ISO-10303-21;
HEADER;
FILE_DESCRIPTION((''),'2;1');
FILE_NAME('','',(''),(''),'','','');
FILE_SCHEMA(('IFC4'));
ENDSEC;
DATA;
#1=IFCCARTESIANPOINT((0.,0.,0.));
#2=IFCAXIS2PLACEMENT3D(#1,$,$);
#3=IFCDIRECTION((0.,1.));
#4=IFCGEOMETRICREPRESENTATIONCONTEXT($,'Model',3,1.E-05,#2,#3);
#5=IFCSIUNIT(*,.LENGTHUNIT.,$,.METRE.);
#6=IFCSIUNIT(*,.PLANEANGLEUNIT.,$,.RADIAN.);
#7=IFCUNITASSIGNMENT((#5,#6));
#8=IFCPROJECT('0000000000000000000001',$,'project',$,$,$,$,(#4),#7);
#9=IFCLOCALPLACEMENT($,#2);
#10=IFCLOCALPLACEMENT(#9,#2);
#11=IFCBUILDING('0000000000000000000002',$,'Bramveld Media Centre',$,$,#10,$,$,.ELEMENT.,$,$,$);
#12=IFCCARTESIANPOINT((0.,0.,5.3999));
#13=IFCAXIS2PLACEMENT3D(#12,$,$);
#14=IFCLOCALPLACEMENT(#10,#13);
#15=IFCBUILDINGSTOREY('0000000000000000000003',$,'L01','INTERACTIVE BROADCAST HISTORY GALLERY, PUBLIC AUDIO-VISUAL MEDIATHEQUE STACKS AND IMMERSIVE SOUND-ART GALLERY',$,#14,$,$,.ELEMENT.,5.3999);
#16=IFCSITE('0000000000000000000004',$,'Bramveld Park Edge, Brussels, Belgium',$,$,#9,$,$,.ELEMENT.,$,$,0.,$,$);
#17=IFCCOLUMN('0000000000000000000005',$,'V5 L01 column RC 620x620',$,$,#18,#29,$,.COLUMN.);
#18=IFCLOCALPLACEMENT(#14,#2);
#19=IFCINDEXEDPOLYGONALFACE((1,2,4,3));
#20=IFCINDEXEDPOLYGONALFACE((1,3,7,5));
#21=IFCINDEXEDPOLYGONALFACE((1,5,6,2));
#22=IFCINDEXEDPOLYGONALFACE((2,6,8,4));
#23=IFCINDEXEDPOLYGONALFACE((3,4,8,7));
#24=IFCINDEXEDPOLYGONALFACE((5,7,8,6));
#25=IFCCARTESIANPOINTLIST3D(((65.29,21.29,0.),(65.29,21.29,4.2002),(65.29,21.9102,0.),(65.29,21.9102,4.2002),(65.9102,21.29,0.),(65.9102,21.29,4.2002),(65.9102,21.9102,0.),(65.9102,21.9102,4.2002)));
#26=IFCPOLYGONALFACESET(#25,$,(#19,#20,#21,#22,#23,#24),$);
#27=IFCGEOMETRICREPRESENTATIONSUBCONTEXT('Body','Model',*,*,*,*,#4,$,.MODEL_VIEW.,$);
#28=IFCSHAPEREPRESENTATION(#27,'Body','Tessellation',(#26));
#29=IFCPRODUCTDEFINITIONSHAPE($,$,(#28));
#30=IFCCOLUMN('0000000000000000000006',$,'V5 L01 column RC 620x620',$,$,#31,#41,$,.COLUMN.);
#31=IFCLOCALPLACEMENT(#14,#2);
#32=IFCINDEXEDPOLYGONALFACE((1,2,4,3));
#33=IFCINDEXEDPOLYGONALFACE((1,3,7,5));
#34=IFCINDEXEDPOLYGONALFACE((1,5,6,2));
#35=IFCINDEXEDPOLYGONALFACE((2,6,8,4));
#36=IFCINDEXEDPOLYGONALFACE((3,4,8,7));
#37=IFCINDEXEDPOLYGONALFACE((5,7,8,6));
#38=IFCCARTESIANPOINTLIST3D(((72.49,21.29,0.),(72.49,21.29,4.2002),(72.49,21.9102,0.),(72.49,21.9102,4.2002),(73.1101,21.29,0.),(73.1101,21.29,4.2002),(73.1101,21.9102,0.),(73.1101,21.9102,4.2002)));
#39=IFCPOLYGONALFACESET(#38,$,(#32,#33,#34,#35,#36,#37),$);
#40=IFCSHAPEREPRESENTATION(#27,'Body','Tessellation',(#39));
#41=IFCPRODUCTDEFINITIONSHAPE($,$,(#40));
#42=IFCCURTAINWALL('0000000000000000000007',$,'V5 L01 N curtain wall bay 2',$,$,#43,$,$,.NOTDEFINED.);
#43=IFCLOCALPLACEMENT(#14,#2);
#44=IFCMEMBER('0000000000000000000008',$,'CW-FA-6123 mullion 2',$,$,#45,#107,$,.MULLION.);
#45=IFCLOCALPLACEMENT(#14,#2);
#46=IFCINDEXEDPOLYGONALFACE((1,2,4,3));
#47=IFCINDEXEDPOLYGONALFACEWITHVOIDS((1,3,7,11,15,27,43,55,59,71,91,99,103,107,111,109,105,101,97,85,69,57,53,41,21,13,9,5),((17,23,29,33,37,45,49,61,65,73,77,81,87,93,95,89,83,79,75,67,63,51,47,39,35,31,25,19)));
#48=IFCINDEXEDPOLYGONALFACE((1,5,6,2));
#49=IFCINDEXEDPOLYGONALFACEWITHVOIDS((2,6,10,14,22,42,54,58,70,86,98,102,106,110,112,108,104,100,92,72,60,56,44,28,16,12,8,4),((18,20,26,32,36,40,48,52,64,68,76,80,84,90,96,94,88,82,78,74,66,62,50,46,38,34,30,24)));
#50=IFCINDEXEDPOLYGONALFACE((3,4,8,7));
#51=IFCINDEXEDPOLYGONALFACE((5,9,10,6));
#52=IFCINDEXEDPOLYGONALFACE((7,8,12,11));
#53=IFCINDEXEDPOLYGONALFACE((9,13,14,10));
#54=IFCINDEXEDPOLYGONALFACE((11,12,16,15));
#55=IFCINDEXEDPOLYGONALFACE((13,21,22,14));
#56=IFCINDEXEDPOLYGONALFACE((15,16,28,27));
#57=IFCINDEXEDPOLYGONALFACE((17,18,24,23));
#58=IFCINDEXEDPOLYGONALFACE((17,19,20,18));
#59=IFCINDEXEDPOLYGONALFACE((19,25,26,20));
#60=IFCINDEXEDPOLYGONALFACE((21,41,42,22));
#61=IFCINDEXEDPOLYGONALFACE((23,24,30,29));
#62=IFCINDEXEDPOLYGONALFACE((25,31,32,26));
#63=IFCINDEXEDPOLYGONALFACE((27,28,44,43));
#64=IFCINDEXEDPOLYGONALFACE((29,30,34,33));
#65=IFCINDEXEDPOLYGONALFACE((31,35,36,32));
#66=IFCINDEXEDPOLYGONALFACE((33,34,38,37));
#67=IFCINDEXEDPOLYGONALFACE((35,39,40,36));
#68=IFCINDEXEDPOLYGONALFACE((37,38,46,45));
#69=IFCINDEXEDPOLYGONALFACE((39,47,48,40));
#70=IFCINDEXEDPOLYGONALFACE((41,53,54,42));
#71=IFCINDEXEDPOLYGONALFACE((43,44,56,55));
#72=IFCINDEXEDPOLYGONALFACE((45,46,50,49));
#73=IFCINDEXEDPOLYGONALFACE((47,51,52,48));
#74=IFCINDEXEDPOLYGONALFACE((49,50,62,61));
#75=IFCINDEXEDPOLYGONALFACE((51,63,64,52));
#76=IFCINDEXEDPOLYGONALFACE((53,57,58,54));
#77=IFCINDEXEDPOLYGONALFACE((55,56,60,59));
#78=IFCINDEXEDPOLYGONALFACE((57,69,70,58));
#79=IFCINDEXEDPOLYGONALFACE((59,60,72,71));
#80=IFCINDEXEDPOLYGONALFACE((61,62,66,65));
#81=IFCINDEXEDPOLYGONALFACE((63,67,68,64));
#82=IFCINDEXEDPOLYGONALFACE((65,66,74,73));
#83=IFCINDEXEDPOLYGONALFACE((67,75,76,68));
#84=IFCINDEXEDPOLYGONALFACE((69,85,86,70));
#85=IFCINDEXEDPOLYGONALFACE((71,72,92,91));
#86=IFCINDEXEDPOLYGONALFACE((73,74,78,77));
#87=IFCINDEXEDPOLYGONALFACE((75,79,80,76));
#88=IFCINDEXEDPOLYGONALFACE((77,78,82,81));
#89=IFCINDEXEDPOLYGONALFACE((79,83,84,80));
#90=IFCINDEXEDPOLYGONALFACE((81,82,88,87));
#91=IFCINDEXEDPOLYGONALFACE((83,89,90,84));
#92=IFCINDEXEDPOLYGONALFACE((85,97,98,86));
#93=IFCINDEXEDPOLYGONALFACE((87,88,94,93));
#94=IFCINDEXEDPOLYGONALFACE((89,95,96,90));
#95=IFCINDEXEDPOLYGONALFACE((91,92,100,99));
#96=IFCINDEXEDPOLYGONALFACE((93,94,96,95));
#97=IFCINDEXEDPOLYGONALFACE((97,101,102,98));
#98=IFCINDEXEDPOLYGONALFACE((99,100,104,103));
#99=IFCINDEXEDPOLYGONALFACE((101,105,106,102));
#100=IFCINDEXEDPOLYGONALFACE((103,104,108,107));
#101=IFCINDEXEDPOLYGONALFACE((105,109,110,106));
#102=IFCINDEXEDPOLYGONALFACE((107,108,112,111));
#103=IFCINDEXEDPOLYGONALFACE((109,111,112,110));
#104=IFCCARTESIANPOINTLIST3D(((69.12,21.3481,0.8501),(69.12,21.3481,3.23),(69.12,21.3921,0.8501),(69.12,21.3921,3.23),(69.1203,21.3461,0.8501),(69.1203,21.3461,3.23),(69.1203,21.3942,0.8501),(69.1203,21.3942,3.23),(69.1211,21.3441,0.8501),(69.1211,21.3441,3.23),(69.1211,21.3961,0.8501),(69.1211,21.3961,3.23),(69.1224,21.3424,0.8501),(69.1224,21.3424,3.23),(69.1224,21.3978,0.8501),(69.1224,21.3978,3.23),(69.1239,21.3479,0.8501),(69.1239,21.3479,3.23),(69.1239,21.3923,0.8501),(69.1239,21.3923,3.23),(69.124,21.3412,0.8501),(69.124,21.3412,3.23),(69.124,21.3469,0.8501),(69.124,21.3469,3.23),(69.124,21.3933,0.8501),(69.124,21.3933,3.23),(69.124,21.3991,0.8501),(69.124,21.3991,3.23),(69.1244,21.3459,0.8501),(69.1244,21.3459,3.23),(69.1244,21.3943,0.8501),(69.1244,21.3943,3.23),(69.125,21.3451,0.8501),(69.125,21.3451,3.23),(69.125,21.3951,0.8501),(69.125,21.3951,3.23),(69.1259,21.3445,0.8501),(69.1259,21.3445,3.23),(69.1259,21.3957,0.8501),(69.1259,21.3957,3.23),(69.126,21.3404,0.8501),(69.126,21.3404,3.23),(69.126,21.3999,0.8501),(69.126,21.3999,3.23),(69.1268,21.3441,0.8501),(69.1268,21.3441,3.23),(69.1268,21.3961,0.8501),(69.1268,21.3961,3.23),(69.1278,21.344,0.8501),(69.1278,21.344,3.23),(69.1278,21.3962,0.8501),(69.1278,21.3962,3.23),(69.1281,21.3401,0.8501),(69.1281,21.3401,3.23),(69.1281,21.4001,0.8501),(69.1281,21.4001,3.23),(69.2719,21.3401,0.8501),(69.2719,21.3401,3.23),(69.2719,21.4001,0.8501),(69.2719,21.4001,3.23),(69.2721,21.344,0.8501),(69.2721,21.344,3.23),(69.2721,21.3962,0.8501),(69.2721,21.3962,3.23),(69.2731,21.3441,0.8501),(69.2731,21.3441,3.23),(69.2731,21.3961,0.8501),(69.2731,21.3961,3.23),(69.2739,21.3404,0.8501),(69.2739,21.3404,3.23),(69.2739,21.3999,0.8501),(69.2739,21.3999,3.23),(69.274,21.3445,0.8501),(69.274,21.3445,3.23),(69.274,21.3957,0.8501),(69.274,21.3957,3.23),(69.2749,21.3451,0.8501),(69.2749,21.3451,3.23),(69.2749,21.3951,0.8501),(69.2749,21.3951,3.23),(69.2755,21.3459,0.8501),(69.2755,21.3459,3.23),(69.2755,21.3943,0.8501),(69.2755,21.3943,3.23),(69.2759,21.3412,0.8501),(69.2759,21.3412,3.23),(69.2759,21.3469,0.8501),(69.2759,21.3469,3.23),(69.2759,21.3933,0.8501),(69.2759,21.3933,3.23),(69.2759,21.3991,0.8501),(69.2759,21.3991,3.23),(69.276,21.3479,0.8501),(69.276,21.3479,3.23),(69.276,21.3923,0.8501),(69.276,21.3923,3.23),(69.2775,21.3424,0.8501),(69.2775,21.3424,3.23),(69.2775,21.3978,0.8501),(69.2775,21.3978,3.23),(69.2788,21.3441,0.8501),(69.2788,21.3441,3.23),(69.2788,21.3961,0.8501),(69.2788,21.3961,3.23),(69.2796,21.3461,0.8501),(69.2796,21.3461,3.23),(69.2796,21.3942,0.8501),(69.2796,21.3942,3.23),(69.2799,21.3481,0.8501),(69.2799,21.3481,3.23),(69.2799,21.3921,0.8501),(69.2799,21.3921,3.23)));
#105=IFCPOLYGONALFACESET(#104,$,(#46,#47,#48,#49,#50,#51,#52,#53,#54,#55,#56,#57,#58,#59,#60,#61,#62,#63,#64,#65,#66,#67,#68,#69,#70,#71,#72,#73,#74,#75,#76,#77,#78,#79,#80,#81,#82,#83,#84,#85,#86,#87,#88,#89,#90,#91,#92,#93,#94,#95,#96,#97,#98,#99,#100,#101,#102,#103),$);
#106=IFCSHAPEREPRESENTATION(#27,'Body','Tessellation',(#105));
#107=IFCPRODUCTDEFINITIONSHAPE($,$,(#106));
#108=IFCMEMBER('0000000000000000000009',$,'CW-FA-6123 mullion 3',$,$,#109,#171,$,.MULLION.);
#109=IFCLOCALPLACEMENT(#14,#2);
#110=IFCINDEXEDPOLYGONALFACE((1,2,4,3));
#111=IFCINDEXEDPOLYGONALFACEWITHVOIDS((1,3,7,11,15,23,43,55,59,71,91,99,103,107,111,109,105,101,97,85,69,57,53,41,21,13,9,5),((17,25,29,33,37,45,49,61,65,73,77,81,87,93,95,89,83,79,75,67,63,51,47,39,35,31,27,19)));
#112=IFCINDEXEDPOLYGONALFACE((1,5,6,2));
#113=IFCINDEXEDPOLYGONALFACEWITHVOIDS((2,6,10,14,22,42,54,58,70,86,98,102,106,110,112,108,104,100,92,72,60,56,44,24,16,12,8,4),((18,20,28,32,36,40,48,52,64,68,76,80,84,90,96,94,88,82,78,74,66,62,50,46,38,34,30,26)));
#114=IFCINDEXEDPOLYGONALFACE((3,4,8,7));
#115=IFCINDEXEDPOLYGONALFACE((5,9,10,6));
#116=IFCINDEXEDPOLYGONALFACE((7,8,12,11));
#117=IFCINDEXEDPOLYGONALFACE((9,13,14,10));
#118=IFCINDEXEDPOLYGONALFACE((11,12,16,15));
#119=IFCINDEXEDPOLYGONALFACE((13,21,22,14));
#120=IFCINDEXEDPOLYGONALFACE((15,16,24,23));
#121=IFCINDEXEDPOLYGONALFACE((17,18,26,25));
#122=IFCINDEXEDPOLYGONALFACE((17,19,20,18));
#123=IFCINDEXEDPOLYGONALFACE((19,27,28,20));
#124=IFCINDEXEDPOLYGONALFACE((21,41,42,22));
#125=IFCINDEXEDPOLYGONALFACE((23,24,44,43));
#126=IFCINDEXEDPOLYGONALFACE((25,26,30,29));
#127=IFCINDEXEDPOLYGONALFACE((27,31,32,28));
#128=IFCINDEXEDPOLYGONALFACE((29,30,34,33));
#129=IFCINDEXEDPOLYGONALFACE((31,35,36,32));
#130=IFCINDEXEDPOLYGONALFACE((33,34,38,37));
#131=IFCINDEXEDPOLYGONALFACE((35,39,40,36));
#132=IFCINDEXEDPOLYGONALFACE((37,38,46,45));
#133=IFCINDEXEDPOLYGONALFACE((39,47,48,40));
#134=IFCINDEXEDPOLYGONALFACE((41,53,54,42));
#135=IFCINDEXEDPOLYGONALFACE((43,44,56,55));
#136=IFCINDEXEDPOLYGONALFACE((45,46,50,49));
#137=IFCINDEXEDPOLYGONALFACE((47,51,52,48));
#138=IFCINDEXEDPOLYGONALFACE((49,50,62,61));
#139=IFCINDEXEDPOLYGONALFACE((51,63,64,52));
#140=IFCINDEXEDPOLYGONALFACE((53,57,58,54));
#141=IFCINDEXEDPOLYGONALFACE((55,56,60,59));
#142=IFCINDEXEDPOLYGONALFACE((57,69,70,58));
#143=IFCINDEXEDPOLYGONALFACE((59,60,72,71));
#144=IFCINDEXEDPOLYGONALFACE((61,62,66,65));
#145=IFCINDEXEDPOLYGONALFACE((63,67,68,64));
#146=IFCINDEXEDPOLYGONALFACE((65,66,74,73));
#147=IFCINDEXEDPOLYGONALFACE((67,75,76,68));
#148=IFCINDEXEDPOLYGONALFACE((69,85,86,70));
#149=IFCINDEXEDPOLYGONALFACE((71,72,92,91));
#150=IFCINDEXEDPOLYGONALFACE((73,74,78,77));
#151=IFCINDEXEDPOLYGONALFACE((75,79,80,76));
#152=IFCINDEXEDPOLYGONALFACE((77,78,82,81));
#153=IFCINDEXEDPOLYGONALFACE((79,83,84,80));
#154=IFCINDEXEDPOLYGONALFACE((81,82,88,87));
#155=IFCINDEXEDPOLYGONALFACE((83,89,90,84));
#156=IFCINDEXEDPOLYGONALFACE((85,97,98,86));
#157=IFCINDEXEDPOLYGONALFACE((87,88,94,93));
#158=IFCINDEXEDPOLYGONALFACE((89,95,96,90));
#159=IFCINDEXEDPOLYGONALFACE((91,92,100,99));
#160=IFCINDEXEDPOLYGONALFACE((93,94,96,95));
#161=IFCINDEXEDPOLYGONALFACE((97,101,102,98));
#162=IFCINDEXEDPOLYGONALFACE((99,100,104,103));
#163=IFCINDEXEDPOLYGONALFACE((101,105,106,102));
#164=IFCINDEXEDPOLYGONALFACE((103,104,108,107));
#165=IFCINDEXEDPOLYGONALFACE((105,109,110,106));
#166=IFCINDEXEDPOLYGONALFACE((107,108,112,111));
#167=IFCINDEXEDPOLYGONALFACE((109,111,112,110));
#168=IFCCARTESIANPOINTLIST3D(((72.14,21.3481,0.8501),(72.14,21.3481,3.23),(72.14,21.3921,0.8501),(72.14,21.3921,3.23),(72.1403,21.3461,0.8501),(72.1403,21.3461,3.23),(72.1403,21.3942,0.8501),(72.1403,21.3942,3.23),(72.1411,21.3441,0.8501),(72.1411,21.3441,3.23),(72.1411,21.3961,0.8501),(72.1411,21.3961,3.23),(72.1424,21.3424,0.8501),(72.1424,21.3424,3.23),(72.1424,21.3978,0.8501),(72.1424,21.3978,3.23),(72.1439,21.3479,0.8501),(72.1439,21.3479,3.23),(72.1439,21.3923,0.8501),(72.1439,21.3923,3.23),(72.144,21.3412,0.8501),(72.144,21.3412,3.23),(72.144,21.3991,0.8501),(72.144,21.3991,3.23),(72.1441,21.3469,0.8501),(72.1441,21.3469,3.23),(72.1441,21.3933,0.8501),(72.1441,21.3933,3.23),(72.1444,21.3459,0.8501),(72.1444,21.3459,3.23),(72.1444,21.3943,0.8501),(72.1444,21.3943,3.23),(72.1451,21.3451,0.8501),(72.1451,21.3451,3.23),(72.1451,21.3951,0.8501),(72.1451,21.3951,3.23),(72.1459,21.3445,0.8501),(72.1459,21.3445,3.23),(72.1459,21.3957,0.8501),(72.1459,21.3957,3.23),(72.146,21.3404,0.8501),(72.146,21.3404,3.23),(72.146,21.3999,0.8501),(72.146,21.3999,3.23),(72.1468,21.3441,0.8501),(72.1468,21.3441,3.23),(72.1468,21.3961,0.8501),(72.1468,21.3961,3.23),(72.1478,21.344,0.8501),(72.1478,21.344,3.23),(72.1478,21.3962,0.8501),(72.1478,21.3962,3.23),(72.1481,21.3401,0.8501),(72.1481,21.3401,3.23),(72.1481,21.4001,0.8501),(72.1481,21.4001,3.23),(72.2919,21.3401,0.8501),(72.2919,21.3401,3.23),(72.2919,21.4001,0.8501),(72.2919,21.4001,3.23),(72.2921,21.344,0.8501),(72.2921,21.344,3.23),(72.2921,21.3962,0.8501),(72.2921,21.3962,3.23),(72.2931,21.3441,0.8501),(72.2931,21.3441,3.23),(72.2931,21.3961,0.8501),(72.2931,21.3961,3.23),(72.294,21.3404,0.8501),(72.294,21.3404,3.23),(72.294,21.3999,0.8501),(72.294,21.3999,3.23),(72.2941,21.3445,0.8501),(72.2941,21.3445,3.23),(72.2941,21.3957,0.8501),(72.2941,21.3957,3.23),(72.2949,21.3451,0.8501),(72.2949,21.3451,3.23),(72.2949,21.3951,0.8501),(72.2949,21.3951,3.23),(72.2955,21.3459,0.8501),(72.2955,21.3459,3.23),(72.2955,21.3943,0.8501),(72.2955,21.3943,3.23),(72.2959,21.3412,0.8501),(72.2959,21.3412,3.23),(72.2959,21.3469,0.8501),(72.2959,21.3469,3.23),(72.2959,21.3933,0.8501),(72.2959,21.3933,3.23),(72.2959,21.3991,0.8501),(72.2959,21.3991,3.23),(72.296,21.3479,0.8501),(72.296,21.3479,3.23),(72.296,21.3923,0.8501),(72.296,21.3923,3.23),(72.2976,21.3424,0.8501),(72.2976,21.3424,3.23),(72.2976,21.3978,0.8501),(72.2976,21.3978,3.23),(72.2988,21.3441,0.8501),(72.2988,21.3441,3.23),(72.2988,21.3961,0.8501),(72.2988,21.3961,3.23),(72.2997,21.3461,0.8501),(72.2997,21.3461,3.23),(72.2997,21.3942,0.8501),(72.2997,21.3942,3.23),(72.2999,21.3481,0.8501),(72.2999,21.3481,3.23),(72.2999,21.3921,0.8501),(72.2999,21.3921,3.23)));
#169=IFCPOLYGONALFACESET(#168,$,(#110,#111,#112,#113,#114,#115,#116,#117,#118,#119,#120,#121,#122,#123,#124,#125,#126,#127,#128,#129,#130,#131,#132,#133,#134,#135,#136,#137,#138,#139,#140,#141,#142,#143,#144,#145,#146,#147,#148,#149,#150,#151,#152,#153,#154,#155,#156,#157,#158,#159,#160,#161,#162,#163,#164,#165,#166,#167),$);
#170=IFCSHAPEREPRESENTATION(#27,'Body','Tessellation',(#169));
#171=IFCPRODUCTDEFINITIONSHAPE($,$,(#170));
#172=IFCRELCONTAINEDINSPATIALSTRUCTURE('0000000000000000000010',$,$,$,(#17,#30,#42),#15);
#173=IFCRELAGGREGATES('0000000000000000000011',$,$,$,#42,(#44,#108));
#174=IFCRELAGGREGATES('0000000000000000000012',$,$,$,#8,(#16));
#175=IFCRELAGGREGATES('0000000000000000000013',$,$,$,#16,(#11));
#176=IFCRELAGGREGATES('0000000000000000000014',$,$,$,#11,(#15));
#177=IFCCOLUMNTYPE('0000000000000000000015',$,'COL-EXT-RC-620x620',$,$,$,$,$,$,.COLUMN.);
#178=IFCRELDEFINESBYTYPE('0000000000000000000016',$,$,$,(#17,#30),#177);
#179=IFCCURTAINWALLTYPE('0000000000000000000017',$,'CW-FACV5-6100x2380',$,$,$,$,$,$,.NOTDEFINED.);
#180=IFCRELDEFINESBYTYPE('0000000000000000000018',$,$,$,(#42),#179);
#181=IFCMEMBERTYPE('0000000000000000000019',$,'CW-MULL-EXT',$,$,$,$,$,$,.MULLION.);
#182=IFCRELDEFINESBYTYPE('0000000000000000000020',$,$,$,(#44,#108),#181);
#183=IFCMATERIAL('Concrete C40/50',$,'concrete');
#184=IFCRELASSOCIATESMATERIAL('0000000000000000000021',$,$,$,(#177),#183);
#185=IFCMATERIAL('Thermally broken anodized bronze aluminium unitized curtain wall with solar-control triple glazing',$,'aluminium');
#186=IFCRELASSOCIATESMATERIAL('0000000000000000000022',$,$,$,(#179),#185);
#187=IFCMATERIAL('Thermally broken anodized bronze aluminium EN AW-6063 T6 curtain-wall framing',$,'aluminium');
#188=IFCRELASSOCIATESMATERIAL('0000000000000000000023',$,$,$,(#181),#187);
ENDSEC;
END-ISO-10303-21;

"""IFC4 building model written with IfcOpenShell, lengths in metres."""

from ifc_helpers import new_model, si_unit, direction, frame, origin, origin_2d, place, context, subcontext, project, spatial, rectangle, hollow_rectangle, extrude, material, material_profile, profile_set, type_object, element, aggregate, save


model = new_model("IFC4")

# Units and contexts
model_context = context("Model", 3, precision=1e-05, world=origin(), true_north=direction((0.0, 1.0)))
body_context = subcontext(model_context, "Body", "Model", "MODEL_VIEW")
ifc_project = project(units=[si_unit("LENGTHUNIT", "METRE"), si_unit("PLANEANGLEUNIT", "RADIAN")], contexts=[model_context])

# Site, building, storey
site_placement = place(None, origin())
site = spatial("IfcSite", under=ifc_project, at=site_placement, Name="Bramveld Park Edge, Brussels, Belgium", CompositionType="ELEMENT", RefElevation=0.0)
building_placement = place(site_placement, origin())
building = spatial("IfcBuilding", under=site, at=building_placement, Name="Bramveld Media Centre", CompositionType="ELEMENT")
storey_placement = place(building_placement, frame((0.0, 0.0, 5.3999)))
storey = spatial("IfcBuildingStorey", under=building, at=storey_placement, Name="L01", Description="INTERACTIVE BROADCAST HISTORY GALLERY, PUBLIC AUDIO-VISUAL MEDIATHEQUE STACKS AND IMMERSIVE SOUND-ART GALLERY", CompositionType="ELEMENT", Elevation=5.3999)

# Columns
ifc_material_1 = material(Name="Concrete C40/50", Category="concrete")
ifc_material_profile_1 = material_profile(ifc_material_1, rectangle(XDim=0.6201, YDim=0.6201, at=origin_2d()), Name="RC 620x620")
ifc_profile_set_1 = profile_set([ifc_material_profile_1], Name="Concrete C40/50")
column_type = type_object("IfcColumnType", Name="COL-EXT-RC-620x620", PredefinedType="COLUMN", material=ifc_profile_set_1)
for number, where, z_axis, x_axis, name in (
    (1, (65.6001, 21.6001, 0.0), (0.0, 0.0, 1.0), (1.0, 0.0, 0.0), "V5 L01 column RC 620x620"),
    (2, (72.8, 21.6001, 0.0), (0.0, 0.0, 1.0), (1.0, 0.0, 0.0), "V5 L01 column RC 620x620"),
):
    element("IfcColumn", number, at=place(storey_placement, frame(where, z_axis=z_axis, x_axis=x_axis)), inside=storey, type_object=column_type, Name=name, PredefinedType="COLUMN", context=body_context, shape_type="SweptSolid", body=[
        extrude(rectangle(XDim=0.6201, YDim=0.6201, at=origin_2d()), origin(), (0.0, 0.0, 1.0), 4.2002),
    ])

# Curtain wall, members
ifc_material_2 = material(Name="Thermally broken anodized bronze aluminium unitized curtain wall with solar-control triple glazing", Category="aluminium")
curtain_wall_type = type_object("IfcCurtainWallType", Name="CW-FACV5-6100x2380", PredefinedType="NOTDEFINED", material=ifc_material_2)
curtain_wall_1_placement = place(storey_placement, origin())
curtain_wall_1 = element("IfcCurtainWall", 3, at=curtain_wall_1_placement, inside=storey, type_object=curtain_wall_type, Name="V5 L01 N curtain wall bay 2", PredefinedType="NOTDEFINED")
ifc_material_3 = material(Name="Thermally broken anodized bronze aluminium EN AW-6063 T6 curtain-wall framing", Category="aluminium")
ifc_material_profile_2 = material_profile(ifc_material_3, hollow_rectangle(XDim=0.0601, YDim=0.1599, WallThickness=0.0039, InnerFilletRadius=0.0039, OuterFilletRadius=0.0081, at=origin_2d()), Name="AL-MULL 60x160")
ifc_profile_set_2 = profile_set([ifc_material_profile_2], Name="Thermally broken anodized bronze aluminium EN AW-6063 T6 curtain-wall framing")
member_type_1 = type_object("IfcMemberType", Name="CW-MULL-EXT", PredefinedType="MULLION", material=ifc_profile_set_2)
member_1_placement = place(storey_placement, frame((69.2, 21.3701, 0.8501), z_axis=(0.0, 0.0, 1.0), x_axis=(0.0, 1.0, 0.0)))
member_1 = element("IfcMember", 4, at=member_1_placement, type_object=member_type_1, Name="CW-FA-6123 mullion 2", PredefinedType="MULLION", context=body_context, shape_type="SweptSolid", body=[
    extrude(hollow_rectangle(XDim=0.0601, YDim=0.1599, WallThickness=0.0039, InnerFilletRadius=0.0039, OuterFilletRadius=0.0081, at=origin_2d()), origin(), (0.0, 0.0, 1.0), 2.3799),
])
member_2_placement = place(storey_placement, frame((72.22, 21.3701, 0.8501), z_axis=(0.0, 0.0, 1.0), x_axis=(0.0, 1.0, 0.0)))
member_2 = element("IfcMember", 5, at=member_2_placement, type_object=member_type_1, Name="CW-FA-6123 mullion 3", PredefinedType="MULLION", context=body_context, shape_type="SweptSolid", body=[
    extrude(hollow_rectangle(XDim=0.0601, YDim=0.1599, WallThickness=0.0039, InnerFilletRadius=0.0039, OuterFilletRadius=0.0081, at=origin_2d()), origin(), (0.0, 0.0, 1.0), 2.3799),
])

aggregate(curtain_wall_1, [member_1, member_2])

save(model, "model.ifc")
